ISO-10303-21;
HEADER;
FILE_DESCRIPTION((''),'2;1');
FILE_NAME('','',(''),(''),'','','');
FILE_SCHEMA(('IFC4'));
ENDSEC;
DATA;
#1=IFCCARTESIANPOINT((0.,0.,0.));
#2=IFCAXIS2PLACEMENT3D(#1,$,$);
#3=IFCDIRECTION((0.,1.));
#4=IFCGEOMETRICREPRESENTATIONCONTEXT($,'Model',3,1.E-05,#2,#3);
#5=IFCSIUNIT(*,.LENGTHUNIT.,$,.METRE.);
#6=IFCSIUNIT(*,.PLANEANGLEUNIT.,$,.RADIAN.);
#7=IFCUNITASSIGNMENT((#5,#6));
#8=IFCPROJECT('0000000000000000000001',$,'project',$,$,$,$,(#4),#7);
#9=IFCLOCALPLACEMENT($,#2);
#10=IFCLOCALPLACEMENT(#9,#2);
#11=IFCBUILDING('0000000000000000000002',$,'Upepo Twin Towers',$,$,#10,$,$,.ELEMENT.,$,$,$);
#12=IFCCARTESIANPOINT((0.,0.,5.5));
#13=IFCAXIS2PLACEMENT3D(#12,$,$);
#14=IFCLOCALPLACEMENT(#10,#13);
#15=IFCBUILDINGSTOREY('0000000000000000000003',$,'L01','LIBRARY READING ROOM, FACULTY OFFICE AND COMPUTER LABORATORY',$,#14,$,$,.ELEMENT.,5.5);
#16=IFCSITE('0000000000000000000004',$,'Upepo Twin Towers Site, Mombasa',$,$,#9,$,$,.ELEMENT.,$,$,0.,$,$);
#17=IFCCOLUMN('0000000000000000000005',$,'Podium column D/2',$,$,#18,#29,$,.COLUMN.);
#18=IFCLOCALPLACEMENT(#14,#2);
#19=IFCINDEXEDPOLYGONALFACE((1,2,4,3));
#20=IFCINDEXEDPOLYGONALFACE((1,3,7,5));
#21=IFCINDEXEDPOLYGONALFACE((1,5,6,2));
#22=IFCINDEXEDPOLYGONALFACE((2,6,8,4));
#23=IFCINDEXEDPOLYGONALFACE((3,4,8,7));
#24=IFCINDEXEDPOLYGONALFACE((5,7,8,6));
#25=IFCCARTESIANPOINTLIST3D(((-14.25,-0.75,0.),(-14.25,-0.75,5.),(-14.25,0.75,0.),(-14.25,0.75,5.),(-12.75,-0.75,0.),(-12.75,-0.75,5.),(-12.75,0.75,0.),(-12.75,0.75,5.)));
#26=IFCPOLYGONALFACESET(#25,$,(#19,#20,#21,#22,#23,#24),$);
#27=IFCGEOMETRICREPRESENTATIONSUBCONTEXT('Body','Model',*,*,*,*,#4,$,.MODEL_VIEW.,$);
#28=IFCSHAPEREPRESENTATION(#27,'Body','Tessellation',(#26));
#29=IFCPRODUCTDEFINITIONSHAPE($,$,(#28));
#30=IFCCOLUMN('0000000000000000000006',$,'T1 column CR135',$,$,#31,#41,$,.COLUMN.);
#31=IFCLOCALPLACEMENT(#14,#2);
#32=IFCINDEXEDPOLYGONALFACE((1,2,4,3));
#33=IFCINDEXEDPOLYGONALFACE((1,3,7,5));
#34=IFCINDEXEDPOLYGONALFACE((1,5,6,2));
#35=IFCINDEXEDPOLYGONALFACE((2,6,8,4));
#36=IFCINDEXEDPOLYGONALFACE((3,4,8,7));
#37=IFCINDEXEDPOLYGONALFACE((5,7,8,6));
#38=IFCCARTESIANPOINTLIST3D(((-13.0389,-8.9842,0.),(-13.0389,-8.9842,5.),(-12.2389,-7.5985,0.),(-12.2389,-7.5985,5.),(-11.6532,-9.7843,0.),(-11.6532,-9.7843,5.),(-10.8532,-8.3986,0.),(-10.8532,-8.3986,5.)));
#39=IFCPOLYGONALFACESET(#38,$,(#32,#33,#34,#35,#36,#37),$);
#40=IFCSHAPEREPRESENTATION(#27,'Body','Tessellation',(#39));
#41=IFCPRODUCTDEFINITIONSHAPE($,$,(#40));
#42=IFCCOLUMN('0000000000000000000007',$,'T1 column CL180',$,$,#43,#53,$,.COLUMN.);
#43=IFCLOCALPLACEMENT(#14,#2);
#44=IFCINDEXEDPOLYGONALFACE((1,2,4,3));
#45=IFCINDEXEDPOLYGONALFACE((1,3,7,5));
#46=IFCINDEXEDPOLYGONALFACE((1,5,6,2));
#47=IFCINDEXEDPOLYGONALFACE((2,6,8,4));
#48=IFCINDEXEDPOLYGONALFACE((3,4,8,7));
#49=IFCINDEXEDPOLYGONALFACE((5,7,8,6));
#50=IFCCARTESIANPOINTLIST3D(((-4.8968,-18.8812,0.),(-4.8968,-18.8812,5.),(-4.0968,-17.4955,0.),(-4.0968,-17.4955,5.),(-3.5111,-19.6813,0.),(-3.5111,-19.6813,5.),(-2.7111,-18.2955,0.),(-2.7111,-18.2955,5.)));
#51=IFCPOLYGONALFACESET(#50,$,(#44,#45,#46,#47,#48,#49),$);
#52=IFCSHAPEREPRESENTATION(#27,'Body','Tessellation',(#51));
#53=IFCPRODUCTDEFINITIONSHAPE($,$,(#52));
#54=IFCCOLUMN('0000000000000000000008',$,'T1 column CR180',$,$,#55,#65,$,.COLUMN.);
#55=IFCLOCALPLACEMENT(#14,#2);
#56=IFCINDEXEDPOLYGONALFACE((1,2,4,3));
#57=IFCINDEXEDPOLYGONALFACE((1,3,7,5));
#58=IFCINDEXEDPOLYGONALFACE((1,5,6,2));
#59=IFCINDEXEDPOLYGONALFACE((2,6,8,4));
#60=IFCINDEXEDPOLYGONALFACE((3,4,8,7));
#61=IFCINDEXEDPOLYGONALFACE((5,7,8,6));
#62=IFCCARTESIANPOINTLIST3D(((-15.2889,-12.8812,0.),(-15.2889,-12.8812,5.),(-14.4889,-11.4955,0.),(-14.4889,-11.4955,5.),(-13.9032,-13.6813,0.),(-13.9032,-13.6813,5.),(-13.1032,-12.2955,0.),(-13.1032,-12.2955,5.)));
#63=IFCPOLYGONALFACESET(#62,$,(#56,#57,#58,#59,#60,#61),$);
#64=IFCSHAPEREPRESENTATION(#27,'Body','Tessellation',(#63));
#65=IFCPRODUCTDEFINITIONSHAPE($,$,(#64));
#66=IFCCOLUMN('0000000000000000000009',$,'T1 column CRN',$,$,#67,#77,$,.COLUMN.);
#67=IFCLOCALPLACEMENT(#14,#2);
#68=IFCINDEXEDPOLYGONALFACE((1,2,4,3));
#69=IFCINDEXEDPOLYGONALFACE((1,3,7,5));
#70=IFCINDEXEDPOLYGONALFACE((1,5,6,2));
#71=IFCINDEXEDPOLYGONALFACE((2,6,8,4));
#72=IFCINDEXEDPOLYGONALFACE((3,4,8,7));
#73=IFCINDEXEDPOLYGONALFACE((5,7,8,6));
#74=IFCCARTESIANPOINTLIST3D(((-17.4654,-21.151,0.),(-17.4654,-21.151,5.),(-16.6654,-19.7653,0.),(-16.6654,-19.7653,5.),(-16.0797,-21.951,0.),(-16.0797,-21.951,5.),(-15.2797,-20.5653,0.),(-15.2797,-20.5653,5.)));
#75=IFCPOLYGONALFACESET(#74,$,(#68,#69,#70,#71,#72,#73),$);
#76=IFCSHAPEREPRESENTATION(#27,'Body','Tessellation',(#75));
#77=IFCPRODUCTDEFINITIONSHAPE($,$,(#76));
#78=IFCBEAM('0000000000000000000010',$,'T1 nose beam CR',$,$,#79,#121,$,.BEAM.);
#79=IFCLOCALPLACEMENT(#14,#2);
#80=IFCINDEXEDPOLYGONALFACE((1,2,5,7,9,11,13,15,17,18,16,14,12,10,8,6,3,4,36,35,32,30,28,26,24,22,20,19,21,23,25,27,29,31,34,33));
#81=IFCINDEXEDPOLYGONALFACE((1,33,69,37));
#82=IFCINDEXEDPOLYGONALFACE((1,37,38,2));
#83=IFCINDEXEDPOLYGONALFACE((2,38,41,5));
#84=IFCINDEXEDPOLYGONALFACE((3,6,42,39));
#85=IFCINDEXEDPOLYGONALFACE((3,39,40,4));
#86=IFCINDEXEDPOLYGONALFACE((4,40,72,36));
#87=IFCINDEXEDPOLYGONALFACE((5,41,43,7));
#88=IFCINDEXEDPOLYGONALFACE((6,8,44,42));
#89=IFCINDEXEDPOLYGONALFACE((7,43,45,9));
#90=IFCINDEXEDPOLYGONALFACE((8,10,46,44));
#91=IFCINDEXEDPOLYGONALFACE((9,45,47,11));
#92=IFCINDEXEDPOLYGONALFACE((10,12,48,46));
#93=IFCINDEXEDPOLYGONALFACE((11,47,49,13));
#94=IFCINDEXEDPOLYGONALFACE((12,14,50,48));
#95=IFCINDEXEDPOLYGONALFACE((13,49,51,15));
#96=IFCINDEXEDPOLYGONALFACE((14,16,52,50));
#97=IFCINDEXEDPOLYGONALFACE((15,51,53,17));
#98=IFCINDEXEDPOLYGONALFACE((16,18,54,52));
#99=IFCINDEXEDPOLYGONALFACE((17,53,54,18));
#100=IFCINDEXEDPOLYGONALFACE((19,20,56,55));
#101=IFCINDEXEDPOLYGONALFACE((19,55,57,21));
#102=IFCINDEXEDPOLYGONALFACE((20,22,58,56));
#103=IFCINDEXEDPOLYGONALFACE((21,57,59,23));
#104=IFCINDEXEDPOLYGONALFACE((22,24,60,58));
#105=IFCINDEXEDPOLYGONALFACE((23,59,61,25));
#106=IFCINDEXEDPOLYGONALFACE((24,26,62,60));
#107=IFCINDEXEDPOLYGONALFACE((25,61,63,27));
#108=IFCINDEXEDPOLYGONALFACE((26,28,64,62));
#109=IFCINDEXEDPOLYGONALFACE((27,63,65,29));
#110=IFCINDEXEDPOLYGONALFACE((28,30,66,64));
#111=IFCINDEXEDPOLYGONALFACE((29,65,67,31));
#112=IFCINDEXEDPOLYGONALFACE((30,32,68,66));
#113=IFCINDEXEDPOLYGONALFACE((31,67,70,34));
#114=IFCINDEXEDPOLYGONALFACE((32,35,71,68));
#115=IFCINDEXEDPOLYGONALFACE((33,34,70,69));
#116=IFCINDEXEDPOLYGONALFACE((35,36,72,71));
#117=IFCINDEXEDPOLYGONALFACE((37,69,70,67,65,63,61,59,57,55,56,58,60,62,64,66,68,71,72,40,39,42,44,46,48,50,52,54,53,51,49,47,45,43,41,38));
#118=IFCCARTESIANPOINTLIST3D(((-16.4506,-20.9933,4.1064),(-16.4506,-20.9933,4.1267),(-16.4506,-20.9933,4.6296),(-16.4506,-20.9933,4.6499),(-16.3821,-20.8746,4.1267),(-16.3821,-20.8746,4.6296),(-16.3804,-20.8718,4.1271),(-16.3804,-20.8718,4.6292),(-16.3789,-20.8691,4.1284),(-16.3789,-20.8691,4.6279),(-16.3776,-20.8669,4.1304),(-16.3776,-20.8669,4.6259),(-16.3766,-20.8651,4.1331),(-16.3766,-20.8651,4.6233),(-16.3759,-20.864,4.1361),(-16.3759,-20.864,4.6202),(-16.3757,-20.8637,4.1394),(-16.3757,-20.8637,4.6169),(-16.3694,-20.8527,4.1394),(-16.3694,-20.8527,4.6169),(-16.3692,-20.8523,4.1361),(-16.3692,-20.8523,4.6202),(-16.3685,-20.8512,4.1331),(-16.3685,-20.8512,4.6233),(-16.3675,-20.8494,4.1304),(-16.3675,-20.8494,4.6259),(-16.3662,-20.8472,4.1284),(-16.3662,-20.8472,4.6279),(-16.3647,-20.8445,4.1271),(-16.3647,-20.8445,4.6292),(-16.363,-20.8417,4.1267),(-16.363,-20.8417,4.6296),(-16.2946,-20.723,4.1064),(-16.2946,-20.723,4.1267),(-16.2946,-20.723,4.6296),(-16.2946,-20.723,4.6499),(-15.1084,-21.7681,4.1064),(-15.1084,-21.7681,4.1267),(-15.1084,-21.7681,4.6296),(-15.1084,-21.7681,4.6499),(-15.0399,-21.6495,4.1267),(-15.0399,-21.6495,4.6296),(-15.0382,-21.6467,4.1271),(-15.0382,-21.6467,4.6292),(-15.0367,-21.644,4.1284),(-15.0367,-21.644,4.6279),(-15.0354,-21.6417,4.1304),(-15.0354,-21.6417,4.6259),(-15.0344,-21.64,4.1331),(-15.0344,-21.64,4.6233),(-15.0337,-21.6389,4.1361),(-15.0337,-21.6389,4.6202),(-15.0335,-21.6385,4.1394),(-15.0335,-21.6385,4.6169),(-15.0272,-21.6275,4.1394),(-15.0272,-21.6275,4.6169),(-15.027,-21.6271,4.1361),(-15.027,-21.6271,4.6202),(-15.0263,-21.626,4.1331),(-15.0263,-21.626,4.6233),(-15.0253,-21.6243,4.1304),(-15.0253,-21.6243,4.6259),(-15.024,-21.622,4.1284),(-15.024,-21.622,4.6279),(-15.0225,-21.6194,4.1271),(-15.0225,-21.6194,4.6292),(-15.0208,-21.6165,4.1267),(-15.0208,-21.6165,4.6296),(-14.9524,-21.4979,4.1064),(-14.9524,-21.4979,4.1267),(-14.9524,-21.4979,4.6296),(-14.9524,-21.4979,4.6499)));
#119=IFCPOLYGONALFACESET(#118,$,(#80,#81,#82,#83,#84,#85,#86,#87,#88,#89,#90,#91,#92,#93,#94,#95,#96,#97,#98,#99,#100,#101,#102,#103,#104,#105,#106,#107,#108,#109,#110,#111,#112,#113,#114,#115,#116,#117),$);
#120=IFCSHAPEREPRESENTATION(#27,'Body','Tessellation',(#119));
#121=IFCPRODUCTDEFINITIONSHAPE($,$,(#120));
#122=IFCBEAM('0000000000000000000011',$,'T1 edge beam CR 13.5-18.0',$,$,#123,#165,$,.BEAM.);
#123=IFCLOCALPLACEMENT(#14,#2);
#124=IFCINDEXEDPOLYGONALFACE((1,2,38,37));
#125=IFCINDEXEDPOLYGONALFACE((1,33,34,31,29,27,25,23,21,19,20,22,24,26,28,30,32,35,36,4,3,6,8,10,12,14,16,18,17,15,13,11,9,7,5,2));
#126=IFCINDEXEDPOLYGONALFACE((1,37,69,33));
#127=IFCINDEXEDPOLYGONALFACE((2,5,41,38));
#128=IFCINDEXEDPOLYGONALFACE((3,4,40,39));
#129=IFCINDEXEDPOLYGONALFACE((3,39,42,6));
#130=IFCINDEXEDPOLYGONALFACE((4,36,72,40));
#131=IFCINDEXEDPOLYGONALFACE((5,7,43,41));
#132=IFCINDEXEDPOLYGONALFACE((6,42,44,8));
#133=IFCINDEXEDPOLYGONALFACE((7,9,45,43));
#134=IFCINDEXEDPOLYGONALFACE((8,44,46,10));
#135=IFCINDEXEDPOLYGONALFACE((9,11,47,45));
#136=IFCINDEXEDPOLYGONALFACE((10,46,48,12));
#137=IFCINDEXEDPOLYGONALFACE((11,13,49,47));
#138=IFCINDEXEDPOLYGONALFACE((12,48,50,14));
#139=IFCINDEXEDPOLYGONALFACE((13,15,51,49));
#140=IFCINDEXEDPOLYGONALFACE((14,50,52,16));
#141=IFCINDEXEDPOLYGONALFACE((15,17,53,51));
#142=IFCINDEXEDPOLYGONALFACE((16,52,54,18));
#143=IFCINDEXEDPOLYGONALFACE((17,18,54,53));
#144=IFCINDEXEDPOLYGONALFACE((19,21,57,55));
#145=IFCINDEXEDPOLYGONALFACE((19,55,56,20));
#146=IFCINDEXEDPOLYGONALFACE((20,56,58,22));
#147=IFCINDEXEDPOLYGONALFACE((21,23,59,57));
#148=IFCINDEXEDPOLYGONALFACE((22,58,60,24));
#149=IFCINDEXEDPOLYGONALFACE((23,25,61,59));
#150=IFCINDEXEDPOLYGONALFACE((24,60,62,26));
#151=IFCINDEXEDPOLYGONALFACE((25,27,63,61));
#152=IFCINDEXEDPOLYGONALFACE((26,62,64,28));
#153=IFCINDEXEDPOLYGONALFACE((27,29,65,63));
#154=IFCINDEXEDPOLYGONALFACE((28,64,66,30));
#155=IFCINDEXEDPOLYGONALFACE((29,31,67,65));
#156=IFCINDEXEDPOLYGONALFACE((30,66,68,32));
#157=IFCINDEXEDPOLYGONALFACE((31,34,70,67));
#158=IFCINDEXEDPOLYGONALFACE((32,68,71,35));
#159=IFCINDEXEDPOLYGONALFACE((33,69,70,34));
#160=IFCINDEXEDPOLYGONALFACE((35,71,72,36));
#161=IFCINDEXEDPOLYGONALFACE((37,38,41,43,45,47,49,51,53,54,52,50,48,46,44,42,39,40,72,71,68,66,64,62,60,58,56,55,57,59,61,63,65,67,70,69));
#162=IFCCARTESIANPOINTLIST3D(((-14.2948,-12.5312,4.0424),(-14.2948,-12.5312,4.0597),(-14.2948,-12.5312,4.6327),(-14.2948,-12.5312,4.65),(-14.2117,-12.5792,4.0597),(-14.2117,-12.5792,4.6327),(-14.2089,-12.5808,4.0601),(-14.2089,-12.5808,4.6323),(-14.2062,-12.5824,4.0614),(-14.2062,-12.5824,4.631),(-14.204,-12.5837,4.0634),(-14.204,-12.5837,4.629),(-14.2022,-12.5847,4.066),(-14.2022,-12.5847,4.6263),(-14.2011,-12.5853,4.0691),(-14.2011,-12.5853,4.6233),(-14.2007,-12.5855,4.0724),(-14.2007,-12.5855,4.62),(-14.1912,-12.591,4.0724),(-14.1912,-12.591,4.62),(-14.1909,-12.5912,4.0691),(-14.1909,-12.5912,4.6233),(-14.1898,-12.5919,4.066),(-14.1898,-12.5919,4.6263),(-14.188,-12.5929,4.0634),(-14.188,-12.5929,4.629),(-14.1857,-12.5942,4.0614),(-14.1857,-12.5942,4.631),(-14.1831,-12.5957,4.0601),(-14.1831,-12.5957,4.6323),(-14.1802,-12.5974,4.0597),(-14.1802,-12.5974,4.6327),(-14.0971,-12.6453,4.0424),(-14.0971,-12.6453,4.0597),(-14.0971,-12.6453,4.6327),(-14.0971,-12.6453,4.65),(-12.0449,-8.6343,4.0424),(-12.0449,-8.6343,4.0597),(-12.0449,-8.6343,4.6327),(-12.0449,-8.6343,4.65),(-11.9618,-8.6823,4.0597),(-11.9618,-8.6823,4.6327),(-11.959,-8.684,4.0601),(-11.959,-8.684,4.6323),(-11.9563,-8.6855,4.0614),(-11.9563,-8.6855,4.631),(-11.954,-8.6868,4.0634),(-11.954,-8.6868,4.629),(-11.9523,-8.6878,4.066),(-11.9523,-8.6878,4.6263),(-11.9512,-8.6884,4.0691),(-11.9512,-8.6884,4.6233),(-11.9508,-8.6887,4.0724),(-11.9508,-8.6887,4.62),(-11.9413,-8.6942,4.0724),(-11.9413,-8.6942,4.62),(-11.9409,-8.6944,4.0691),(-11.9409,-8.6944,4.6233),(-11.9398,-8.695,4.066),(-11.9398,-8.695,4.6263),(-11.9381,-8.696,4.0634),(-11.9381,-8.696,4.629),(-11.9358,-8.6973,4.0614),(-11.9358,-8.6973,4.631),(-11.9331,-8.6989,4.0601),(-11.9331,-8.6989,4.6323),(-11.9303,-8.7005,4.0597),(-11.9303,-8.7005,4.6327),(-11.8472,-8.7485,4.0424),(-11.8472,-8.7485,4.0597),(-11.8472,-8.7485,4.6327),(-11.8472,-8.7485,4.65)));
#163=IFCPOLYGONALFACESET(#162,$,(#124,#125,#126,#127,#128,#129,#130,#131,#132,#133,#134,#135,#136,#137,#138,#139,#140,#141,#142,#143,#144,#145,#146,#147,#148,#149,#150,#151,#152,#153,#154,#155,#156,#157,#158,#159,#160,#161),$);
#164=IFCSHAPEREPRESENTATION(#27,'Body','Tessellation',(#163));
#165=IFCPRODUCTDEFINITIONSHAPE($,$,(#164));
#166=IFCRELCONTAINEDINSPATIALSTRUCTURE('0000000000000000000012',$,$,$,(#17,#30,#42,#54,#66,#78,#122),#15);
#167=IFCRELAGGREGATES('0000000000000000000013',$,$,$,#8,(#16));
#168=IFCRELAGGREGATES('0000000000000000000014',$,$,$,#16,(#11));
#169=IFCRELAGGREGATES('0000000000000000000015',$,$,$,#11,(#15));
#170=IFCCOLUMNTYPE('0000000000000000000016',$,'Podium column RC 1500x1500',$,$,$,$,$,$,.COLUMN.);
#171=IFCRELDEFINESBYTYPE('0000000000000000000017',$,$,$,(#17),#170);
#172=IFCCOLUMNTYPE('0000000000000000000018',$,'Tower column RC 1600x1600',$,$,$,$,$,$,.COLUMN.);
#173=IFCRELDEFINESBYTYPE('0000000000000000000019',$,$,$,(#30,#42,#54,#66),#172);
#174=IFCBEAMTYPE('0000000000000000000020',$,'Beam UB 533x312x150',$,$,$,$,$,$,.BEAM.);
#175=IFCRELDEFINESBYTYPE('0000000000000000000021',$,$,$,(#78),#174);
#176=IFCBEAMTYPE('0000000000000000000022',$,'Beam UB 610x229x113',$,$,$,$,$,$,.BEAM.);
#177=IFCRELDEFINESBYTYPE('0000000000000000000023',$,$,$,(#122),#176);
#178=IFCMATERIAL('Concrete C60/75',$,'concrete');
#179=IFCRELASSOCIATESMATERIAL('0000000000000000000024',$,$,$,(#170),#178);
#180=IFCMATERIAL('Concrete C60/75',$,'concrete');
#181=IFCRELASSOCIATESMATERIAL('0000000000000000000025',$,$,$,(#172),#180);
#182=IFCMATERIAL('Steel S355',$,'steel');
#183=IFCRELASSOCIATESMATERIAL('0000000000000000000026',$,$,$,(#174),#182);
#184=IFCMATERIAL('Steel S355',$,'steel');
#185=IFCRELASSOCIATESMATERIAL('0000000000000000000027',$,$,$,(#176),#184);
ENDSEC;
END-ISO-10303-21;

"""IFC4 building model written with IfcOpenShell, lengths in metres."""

from ifc_helpers import new_model, si_unit, direction, frame, origin, origin_2d, place, context, subcontext, project, spatial, rectangle, i_section, extrude, material, material_profile, profile_set, type_object, element, save


model = new_model("IFC4")

# Units and contexts
model_context = context("Model", 3, precision=1e-05, world=origin(), true_north=direction((0.0, 1.0)))
body_context = subcontext(model_context, "Body", "Model", "MODEL_VIEW")
ifc_project = project(units=[si_unit("LENGTHUNIT", "METRE"), si_unit("PLANEANGLEUNIT", "RADIAN")], contexts=[model_context])

# Site, building, storey
site_placement = place(None, origin())
site = spatial("IfcSite", under=ifc_project, at=site_placement, Name="Upepo Twin Towers Site, Mombasa", CompositionType="ELEMENT", RefElevation=0.0)
building_placement = place(site_placement, origin())
building = spatial("IfcBuilding", under=site, at=building_placement, Name="Upepo Twin Towers", CompositionType="ELEMENT")
storey_placement = place(building_placement, frame((0.0, 0.0, 5.5)))
storey = spatial("IfcBuildingStorey", under=building, at=storey_placement, Name="L01", Description="LIBRARY READING ROOM, FACULTY OFFICE AND COMPUTER LABORATORY", CompositionType="ELEMENT", Elevation=5.5)

# Columns
ifc_material_1 = material(Name="Concrete C60/75", Category="concrete")
ifc_material_profile_1 = material_profile(ifc_material_1, rectangle(XDim=1.5, YDim=1.5, at=origin_2d()), Name="RC 1500x1500")
ifc_profile_set_1 = profile_set([ifc_material_profile_1], Name="Concrete C60/75")
column_type_1 = type_object("IfcColumnType", Name="Podium column RC 1500x1500", PredefinedType="COLUMN", material=ifc_profile_set_1)
column_placement = place(storey_placement, frame((-13.5, 0.0, 0.0), z_axis=(0.0, 0.0, 1.0), x_axis=(1.0, 0.0, 0.0)))
element("IfcColumn", 1, at=column_placement, inside=storey, type_object=column_type_1, Name="Podium column D/2", PredefinedType="COLUMN", context=body_context, shape_type="SweptSolid", body=[
    extrude(rectangle(XDim=1.5, YDim=1.5, at=origin_2d()), origin(), (0.0, 0.0, 1.0), 5.0),
])
ifc_material_2 = material(Name="Concrete C60/75", Category="concrete")
ifc_material_profile_2 = material_profile(ifc_material_2, rectangle(XDim=1.6001, YDim=1.6001, at=origin_2d()), Name="RC 1600x1600")
ifc_profile_set_2 = profile_set([ifc_material_profile_2], Name="Concrete C60/75")
column_type_2 = type_object("IfcColumnType", Name="Tower column RC 1600x1600", PredefinedType="COLUMN", material=ifc_profile_set_2)
for number, where, z_axis, x_axis, name in (
    (2, (-11.946, -8.6914, 0.0), (0.0, 0.0, 1.0), (0.5, 0.866025, 0.0), "T1 column CR135"),
    (3, (-3.804, -18.5884, 0.0), (0.0, 0.0, 1.0), (0.5, 0.866025, 0.0), "T1 column CL180"),
    (4, (-14.196, -12.5884, 0.0), (0.0, 0.0, 1.0), (0.5, 0.866025, 0.0), "T1 column CR180"),
    (5, (-16.3726, -20.8582, 0.0), (0.0, 0.0, 1.0), (0.5, 0.866025, 0.0), "T1 column CRN"),
):
    element("IfcColumn", number, at=place(storey_placement, frame(where, z_axis=z_axis, x_axis=x_axis)), inside=storey, type_object=column_type_2, Name=name, PredefinedType="COLUMN", context=body_context, shape_type="SweptSolid", body=[
        extrude(rectangle(XDim=1.6001, YDim=1.6001, at=origin_2d()), origin(), (0.0, 0.0, 1.0), 5.0),
    ])

# Beams
ifc_material_3 = material(Name="Steel S355", Category="steel")
ifc_material_profile_3 = material_profile(ifc_material_3, i_section(OverallWidth=0.312, OverallDepth=0.5435, WebThickness=0.0127, FlangeThickness=0.0203, FilletRadius=0.0127, at=origin_2d()), Name="UB 533x312x150")
ifc_profile_set_3 = profile_set([ifc_material_profile_3], Name="Steel S355")
beam_type_1 = type_object("IfcBeamType", Name="Beam UB 533x312x150", PredefinedType="BEAM", material=ifc_profile_set_3)
beam_1_placement = place(storey_placement, frame((-16.3726, -20.8582, 4.3782), z_axis=(0.866044, -0.499968, 0.0), x_axis=(0.499968, 0.866044, 0.0)))
element("IfcBeam", 6, at=beam_1_placement, inside=storey, type_object=beam_type_1, Name="T1 nose beam CR", PredefinedType="BEAM", context=body_context, shape_type="SweptSolid", body=[
    extrude(i_section(OverallWidth=0.312, OverallDepth=0.5435, WebThickness=0.0127, FlangeThickness=0.0203, FilletRadius=0.0127, at=origin_2d()), origin(), (0.0, 0.0, 1.0), 1.5498),
])
ifc_material_4 = material(Name="Steel S355", Category="steel")
ifc_material_profile_4 = material_profile(ifc_material_4, i_section(OverallWidth=0.2283, OverallDepth=0.6077, WebThickness=0.011, FlangeThickness=0.0173, FilletRadius=0.0127, at=origin_2d()), Name="UB 610x229x113")
ifc_profile_set_4 = profile_set([ifc_material_profile_4], Name="Steel S355")
beam_type_2 = type_object("IfcBeamType", Name="Beam UB 610x229x113", PredefinedType="BEAM", material=ifc_profile_set_4)
beam_2_placement = place(storey_placement, frame((-11.946, -8.6914, 4.3462), z_axis=(-0.500014, -0.866018, 0.0), x_axis=(0.866018, -0.500014, 0.0)))
element("IfcBeam", 7, at=beam_2_placement, inside=storey, type_object=beam_type_2, Name="T1 edge beam CR 13.5-18.0", PredefinedType="BEAM", context=body_context, shape_type="SweptSolid", body=[
    extrude(i_section(OverallWidth=0.2283, OverallDepth=0.6077, WebThickness=0.011, FlangeThickness=0.0173, FilletRadius=0.0127, at=origin_2d()), origin(), (0.0, 0.0, 1.0), 4.4998),
])

save(model, "model.ifc")
